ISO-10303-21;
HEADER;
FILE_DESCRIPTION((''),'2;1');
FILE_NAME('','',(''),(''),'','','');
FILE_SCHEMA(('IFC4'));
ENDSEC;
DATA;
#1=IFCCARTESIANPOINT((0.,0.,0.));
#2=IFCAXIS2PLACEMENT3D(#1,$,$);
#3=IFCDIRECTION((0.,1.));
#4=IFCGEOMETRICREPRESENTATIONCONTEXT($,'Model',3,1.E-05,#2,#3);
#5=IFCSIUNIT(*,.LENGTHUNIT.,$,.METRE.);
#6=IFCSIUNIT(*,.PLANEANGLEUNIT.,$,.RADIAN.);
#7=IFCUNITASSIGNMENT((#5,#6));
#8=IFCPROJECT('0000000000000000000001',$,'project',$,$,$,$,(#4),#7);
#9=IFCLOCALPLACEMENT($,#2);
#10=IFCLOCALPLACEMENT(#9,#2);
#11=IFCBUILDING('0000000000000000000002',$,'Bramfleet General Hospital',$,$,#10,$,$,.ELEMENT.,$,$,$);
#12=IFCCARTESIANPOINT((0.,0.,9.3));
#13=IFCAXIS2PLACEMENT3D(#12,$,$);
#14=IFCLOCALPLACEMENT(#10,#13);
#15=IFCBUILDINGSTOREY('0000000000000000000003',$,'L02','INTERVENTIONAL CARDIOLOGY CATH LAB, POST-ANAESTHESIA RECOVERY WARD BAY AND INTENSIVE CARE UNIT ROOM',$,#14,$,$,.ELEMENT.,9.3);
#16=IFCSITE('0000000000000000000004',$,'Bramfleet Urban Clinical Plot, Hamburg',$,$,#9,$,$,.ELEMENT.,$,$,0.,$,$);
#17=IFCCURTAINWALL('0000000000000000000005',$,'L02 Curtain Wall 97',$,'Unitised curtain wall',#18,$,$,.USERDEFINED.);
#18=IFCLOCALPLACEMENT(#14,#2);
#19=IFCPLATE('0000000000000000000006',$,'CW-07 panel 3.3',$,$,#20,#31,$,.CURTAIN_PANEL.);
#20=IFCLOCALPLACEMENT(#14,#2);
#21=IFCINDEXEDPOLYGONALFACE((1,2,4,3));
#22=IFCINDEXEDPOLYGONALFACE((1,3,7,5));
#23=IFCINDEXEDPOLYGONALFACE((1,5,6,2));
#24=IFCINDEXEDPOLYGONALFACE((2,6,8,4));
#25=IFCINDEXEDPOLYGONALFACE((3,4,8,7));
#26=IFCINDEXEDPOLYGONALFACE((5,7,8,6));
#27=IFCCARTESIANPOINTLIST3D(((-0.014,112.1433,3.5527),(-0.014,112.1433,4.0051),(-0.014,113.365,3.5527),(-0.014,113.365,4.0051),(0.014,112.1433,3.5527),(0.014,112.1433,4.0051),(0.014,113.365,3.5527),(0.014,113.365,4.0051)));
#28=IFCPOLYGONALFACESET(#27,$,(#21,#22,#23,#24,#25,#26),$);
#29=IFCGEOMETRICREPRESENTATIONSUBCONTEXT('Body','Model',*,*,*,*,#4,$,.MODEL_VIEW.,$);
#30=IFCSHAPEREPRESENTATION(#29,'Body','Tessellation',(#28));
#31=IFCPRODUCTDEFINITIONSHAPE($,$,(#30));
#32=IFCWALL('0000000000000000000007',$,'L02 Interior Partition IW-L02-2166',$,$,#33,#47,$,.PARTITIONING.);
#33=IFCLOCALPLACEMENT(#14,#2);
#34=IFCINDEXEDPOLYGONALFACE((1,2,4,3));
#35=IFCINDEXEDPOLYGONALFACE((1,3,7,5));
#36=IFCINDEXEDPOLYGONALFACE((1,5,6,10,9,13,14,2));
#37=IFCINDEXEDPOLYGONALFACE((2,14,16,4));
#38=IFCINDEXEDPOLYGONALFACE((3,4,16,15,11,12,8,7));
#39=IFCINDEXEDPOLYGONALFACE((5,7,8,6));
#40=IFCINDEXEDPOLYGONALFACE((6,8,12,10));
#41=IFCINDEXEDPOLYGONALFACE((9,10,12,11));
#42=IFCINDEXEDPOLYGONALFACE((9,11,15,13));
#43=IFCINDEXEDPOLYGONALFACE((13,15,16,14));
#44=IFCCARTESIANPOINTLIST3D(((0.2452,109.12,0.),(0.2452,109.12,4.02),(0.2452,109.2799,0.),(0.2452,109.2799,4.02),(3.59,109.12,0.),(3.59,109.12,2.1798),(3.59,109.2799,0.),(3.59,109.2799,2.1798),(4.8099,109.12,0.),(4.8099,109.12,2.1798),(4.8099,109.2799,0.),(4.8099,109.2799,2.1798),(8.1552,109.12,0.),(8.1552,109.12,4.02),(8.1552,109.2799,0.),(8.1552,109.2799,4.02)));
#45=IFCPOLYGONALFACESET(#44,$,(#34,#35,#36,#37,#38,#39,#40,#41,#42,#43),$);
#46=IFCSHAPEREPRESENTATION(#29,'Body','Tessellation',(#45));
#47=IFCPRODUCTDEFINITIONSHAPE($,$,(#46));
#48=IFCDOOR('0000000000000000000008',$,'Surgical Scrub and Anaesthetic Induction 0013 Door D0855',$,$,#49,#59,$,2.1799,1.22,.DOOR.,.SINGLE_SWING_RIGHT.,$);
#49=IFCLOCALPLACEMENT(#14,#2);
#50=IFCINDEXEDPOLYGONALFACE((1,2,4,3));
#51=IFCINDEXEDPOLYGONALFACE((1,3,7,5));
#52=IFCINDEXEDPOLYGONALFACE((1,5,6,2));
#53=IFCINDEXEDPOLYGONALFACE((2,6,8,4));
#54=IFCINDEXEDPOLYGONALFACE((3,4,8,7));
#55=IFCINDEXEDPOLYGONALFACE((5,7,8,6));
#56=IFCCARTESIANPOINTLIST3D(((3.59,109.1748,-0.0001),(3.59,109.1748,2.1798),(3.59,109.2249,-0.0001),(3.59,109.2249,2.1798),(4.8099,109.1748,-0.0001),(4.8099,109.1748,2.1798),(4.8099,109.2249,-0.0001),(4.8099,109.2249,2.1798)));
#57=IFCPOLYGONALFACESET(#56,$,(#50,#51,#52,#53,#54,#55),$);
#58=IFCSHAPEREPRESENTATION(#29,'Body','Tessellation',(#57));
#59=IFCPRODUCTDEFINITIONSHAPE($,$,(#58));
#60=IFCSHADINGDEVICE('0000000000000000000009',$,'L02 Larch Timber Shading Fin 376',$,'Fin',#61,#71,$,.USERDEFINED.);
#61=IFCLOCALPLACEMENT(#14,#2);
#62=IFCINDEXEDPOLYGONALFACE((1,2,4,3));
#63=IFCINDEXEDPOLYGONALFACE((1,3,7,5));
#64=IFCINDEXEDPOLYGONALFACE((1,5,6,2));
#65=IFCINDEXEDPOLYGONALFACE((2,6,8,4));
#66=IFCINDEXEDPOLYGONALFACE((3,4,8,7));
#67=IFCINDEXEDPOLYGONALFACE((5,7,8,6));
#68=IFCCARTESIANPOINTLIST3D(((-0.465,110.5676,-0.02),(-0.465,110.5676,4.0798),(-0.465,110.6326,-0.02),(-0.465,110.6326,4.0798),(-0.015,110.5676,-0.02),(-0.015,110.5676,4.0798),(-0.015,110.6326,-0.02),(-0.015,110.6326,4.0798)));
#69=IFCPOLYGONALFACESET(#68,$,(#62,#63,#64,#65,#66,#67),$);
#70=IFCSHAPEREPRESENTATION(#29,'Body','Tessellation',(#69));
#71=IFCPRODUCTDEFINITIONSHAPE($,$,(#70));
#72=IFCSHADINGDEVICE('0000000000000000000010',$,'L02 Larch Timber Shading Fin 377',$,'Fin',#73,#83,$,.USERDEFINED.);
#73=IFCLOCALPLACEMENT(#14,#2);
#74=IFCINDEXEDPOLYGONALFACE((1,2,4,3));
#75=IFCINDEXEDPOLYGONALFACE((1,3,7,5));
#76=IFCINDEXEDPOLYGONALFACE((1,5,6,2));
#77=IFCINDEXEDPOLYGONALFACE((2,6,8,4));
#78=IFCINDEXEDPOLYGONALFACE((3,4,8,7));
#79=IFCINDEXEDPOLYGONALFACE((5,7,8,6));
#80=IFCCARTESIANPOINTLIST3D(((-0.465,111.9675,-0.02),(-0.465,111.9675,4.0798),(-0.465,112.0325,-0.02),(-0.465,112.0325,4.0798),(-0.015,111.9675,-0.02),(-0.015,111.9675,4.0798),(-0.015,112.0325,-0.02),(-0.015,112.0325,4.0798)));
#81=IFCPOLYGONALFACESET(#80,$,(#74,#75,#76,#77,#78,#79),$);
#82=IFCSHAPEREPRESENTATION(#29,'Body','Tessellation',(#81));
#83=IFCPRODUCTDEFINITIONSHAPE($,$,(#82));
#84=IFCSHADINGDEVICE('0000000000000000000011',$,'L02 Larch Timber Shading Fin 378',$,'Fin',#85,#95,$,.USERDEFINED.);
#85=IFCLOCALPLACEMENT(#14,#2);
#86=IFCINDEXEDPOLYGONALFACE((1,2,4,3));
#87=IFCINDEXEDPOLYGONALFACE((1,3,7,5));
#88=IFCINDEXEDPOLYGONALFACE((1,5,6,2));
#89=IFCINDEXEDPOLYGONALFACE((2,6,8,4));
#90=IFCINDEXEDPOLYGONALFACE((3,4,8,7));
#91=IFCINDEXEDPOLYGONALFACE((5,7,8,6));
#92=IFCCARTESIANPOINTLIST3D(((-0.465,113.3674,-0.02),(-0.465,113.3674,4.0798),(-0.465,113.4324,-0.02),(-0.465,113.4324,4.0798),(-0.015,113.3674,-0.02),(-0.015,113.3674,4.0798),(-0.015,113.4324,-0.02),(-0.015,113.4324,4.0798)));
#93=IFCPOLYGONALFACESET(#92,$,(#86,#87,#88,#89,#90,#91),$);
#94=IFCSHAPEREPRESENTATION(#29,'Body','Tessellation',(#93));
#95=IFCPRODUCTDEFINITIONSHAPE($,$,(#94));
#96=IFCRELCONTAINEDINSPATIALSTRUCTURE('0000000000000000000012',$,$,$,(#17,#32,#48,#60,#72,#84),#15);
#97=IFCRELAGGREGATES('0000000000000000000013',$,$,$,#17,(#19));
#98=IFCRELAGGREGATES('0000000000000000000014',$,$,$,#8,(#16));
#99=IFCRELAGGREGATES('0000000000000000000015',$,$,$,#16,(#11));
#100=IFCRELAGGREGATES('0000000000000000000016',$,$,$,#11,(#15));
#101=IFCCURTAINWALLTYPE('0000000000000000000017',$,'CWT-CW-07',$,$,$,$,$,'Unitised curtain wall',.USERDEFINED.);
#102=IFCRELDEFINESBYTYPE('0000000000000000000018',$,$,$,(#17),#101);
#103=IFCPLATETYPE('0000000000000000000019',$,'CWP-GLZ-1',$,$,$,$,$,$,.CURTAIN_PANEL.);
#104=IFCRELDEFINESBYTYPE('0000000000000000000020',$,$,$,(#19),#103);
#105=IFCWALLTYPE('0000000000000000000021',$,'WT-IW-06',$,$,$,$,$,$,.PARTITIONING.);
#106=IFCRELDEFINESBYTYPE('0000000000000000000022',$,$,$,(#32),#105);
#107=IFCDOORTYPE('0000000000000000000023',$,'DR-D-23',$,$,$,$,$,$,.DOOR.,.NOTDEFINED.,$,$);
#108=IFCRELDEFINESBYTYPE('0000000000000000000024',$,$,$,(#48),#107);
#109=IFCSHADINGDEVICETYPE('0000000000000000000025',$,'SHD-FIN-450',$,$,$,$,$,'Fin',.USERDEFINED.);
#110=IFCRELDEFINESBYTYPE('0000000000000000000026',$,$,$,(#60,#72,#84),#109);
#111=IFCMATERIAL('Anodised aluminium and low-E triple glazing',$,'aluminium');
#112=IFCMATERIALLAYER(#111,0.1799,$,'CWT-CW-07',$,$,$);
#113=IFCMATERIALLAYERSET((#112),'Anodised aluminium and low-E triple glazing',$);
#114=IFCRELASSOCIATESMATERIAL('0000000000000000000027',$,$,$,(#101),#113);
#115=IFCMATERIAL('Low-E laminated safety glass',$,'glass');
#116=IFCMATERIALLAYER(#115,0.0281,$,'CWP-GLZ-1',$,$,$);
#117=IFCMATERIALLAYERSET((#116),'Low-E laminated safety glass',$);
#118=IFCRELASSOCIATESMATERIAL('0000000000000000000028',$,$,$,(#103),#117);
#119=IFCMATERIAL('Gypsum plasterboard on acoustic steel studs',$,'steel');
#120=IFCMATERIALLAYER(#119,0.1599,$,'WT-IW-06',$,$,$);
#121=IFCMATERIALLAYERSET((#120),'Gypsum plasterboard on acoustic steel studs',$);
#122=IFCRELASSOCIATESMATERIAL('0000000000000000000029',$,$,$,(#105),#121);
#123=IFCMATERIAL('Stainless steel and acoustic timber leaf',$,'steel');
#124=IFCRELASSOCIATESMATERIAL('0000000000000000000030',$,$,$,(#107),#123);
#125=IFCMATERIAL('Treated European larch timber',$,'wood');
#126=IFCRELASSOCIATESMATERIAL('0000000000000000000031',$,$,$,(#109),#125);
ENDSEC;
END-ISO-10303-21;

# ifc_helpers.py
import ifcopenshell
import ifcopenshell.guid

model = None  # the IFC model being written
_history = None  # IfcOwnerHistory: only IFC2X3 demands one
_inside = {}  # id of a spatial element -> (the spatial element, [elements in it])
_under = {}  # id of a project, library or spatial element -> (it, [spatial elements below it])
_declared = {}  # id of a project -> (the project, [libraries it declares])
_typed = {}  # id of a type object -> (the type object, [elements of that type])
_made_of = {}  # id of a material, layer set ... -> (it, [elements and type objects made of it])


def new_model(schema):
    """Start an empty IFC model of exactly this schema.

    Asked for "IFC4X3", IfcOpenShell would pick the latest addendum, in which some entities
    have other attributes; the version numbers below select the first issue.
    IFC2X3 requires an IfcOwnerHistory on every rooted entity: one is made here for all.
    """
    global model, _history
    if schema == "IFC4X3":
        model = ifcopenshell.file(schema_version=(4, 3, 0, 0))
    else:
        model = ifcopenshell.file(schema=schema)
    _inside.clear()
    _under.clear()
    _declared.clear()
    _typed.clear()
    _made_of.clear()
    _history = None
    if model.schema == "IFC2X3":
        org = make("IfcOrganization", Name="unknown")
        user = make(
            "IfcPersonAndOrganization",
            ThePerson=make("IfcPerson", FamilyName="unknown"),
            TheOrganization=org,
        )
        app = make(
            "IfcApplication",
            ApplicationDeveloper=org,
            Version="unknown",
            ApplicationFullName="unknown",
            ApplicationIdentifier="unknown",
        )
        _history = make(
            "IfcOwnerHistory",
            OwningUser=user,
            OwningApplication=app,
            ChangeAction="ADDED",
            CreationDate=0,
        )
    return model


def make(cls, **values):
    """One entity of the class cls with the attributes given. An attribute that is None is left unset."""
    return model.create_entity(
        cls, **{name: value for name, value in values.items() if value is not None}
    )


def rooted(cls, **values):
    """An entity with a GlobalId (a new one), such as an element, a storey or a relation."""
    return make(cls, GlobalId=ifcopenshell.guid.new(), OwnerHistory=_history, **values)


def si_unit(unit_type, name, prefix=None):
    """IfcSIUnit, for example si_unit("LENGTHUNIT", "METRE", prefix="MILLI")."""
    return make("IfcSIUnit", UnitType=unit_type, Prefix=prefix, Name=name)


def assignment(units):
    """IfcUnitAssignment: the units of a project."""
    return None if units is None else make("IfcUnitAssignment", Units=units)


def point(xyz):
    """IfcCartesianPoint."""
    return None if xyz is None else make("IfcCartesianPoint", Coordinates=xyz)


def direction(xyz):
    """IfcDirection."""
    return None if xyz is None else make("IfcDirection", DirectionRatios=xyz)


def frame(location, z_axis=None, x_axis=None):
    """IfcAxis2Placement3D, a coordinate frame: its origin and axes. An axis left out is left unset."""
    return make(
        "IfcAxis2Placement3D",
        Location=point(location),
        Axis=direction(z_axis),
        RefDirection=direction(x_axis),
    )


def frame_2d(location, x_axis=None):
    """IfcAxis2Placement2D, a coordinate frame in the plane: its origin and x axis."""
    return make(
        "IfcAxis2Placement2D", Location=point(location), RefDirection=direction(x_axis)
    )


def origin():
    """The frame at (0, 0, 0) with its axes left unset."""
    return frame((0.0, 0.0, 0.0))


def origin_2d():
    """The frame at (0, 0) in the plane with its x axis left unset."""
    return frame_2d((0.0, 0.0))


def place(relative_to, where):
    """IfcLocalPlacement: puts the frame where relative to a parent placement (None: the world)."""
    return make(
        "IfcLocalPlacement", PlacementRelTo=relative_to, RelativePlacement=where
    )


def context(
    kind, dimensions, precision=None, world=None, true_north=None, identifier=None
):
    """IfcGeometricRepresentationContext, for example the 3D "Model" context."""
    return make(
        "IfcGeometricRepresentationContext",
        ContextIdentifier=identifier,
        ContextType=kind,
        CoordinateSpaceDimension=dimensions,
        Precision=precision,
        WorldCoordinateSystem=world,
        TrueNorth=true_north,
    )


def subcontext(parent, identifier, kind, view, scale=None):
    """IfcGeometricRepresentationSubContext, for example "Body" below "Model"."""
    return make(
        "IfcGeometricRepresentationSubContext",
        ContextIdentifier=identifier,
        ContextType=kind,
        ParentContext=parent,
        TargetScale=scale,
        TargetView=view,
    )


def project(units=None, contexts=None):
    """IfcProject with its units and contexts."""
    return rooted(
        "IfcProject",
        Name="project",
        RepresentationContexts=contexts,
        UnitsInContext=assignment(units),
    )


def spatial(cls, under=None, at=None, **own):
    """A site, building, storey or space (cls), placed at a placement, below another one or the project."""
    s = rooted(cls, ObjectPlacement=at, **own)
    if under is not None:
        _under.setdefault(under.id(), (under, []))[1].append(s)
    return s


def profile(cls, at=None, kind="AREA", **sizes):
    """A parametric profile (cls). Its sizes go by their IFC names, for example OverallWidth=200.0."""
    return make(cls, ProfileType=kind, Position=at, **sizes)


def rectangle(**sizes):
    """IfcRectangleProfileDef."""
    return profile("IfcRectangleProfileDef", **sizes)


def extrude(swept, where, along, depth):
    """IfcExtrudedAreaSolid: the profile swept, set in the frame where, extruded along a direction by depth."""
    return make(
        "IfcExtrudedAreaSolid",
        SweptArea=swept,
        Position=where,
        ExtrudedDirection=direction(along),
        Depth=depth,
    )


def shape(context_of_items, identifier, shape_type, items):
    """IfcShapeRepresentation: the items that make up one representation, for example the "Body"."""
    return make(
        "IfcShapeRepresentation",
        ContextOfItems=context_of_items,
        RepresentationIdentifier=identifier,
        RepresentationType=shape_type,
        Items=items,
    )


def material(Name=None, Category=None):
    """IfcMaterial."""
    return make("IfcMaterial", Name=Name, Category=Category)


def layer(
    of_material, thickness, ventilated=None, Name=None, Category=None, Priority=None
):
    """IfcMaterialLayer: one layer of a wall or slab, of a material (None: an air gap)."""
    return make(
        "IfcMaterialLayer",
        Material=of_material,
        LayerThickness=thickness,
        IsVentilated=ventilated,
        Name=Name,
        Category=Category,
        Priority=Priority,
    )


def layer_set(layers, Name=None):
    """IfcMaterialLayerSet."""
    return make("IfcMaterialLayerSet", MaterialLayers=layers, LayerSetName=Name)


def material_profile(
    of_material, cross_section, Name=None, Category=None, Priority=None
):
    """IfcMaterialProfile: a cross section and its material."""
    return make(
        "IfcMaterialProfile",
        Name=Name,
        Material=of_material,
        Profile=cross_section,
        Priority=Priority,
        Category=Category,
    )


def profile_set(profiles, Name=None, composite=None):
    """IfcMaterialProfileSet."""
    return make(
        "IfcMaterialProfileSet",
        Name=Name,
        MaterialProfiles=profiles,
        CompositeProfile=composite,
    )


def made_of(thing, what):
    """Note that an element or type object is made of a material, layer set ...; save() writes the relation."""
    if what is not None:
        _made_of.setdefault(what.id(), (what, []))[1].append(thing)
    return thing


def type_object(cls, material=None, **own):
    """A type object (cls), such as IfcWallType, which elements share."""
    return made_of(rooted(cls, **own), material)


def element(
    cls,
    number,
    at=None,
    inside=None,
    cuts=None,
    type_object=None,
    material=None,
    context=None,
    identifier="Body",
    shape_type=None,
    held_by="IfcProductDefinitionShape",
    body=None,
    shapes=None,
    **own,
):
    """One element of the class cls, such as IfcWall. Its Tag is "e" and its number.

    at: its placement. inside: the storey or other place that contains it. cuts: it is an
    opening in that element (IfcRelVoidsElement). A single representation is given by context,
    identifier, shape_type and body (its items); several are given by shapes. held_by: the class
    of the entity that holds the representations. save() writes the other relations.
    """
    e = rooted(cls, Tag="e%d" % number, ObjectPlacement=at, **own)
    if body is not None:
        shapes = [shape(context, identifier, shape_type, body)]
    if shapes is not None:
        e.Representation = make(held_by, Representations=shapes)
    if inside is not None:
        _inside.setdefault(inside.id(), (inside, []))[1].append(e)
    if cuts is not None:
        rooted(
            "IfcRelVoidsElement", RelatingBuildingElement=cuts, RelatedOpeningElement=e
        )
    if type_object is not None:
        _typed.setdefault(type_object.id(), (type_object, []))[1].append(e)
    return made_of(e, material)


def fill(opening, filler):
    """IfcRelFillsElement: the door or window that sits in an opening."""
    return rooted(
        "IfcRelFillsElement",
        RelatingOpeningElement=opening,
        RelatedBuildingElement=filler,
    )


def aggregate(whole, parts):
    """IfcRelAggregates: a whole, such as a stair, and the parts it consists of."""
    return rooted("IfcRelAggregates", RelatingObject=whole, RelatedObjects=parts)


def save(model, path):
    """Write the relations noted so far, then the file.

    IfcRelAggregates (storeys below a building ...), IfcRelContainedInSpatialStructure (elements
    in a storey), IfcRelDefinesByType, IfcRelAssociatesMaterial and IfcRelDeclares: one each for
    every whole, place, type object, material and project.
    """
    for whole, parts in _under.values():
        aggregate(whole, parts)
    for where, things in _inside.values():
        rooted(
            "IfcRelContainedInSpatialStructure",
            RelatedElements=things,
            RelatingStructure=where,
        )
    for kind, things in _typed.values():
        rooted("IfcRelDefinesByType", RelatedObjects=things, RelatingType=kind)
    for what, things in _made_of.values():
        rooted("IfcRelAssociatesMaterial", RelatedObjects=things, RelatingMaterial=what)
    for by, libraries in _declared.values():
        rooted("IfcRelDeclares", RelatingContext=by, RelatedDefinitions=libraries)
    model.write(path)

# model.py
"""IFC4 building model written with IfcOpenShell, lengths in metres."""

from ifc_helpers import new_model, si_unit, direction, frame, frame_2d, origin, origin_2d, place, context, subcontext, project, spatial, rectangle, extrude, material, layer, layer_set, material_profile, profile_set, type_object, element, fill, aggregate, save


model = new_model("IFC4")

# Units and contexts
model_context = context("Model", 3, precision=1e-05, world=origin(), true_north=direction((0.0, 1.0)))
body_context = subcontext(model_context, "Body", "Model", "MODEL_VIEW")
ifc_project = project(units=[si_unit("LENGTHUNIT", "METRE"), si_unit("PLANEANGLEUNIT", "RADIAN")], contexts=[model_context])

# Site, building, storey
site_placement = place(None, origin())
site = spatial("IfcSite", under=ifc_project, at=site_placement, Name="Bramfleet Urban Clinical Plot, Hamburg", CompositionType="ELEMENT", RefElevation=0.0)
building_placement = place(site_placement, origin())
building = spatial("IfcBuilding", under=site, at=building_placement, Name="Bramfleet General Hospital", CompositionType="ELEMENT")
storey_placement = place(building_placement, frame((0.0, 0.0, 9.3)))
storey = spatial("IfcBuildingStorey", under=building, at=storey_placement, Name="L02", Description="INTERVENTIONAL CARDIOLOGY CATH LAB, POST-ANAESTHESIA RECOVERY WARD BAY AND INTENSIVE CARE UNIT ROOM", CompositionType="ELEMENT", Elevation=9.3)

# Curtain wall, plate
ifc_material_1 = material(Name="Anodised aluminium and low-E triple glazing", Category="aluminium")
ifc_layer_1 = layer(ifc_material_1, 0.1799, Name="CWT-CW-07")
ifc_layer_set_1 = layer_set([ifc_layer_1], Name="Anodised aluminium and low-E triple glazing")
curtain_wall_type = type_object("IfcCurtainWallType", Name="CWT-CW-07", ElementType="Unitised curtain wall", PredefinedType="USERDEFINED", material=ifc_layer_set_1)
curtain_wall_placement = place(storey_placement, origin())
curtain_wall = element("IfcCurtainWall", 1, at=curtain_wall_placement, inside=storey, type_object=curtain_wall_type, Name="L02 Curtain Wall 97", ObjectType="Unitised curtain wall", PredefinedType="USERDEFINED")
ifc_material_2 = material(Name="Low-E laminated safety glass", Category="glass")
ifc_layer_2 = layer(ifc_material_2, 0.0281, Name="CWP-GLZ-1")
ifc_layer_set_2 = layer_set([ifc_layer_2], Name="Low-E laminated safety glass")
plate_type = type_object("IfcPlateType", Name="CWP-GLZ-1", PredefinedType="CURTAIN_PANEL", material=ifc_layer_set_2)
plate_1_placement = place(storey_placement, frame((0.0, 112.7542, 3.5527), z_axis=(0.0, 0.0, 1.0), x_axis=(0.0, 1.0, 0.0)))
plate_1 = element("IfcPlate", 2, at=plate_1_placement, type_object=plate_type, Name="CW-07 panel 3.3", PredefinedType="CURTAIN_PANEL", context=body_context, shape_type="SweptSolid", body=[
    extrude(rectangle(XDim=1.2217, YDim=0.0281, at=origin_2d()), origin(), (0.0, 0.0, 1.0), 0.4524),
])
aggregate(curtain_wall, [plate_1])

# Wall, opening, door
ifc_material_3 = material(Name="Gypsum plasterboard on acoustic steel studs", Category="steel")
ifc_layer_3 = layer(ifc_material_3, 0.1599, Name="WT-IW-06")
ifc_layer_set_3 = layer_set([ifc_layer_3], Name="Gypsum plasterboard on acoustic steel studs")
wall_type = type_object("IfcWallType", Name="WT-IW-06", PredefinedType="PARTITIONING", material=ifc_layer_set_3)
wall_placement = place(storey_placement, frame((0.2451, 109.2, 0.0), z_axis=(0.0, 0.0, 1.0), x_axis=(1.0, 0.0, 0.0)))
wall = element("IfcWall", 3, at=wall_placement, inside=storey, type_object=wall_type, Name="L02 Interior Partition IW-L02-2166", PredefinedType="PARTITIONING", context=body_context, shape_type="SweptSolid", body=[
    extrude(rectangle(XDim=7.9099, YDim=0.1599, at=frame_2d((3.9551, 0.0))), origin(), (0.0, 0.0, 1.0), 4.02),
])
opening_placement = place(wall_placement, frame((3.345, 0.0, 0.0)))
opening = element("IfcOpeningElement", 4, at=opening_placement, cuts=wall, PredefinedType="OPENING", context=body_context, shape_type="SweptSolid", body=[
    extrude(rectangle(XDim=1.22, YDim=2.1799, at=frame_2d((0.6099, 1.0898))), frame((0.0, 0.0898, 0.0), z_axis=(0.0, -1.0, 0.0), x_axis=(1.0, 0.0, 0.0)), (0.0, 0.0, 1.0), 0.1799),
])
ifc_material_4 = material(Name="Stainless steel and acoustic timber leaf", Category="steel")
door_type = type_object("IfcDoorType", Name="DR-D-23", OperationType="NOTDEFINED", PredefinedType="DOOR", material=ifc_material_4)
door_placement = place(opening_placement, origin())
door = element("IfcDoor", 5, at=door_placement, inside=storey, type_object=door_type, Name="Surgical Scrub and Anaesthetic Induction 0013 Door D0855", OperationType="SINGLE_SWING_RIGHT", OverallHeight=2.1799, OverallWidth=1.22, PredefinedType="DOOR", context=body_context, shape_type="SweptSolid", body=[
    extrude(rectangle(XDim=1.22, YDim=2.1799, at=frame_2d((0.6099, 1.0898))), frame((0.0, 0.0249, 0.0), z_axis=(0.0, -1.0, 0.0), x_axis=(1.0, 0.0, 0.0)), (0.0, 0.0, 1.0), 0.05),
])
fill(opening, door)

# Shading devices
ifc_material_5 = material(Name="Treated European larch timber", Category="wood")
ifc_material_profile_1 = material_profile(ifc_material_5, rectangle(XDim=0.0649, YDim=0.45, at=origin_2d()), Name="LARCH FIN 450x65")
ifc_profile_set_1 = profile_set([ifc_material_profile_1], Name="Treated European larch timber")
shading_device_type = type_object("IfcShadingDeviceType", Name="SHD-FIN-450", ElementType="Fin", PredefinedType="USERDEFINED", material=ifc_profile_set_1)
for number, where, z_axis, x_axis, name in (
    (6, (-0.24, 110.6001, -0.02), (0.0, 0.0, 1.0), (0.0, 1.0, 0.0), "L02 Larch Timber Shading Fin 376"),
    (7, (-0.24, 112.0, -0.02), (0.0, 0.0, 1.0), (0.0, 1.0, 0.0), "L02 Larch Timber Shading Fin 377"),
    (8, (-0.24, 113.3999, -0.02), (0.0, 0.0, 1.0), (0.0, 1.0, 0.0), "L02 Larch Timber Shading Fin 378"),
):
    element("IfcShadingDevice", number, at=place(storey_placement, frame(where, z_axis=z_axis, x_axis=x_axis)), inside=storey, type_object=shading_device_type, Name=name, ObjectType="Fin", PredefinedType="USERDEFINED", context=body_context, shape_type="SweptSolid", body=[
        extrude(rectangle(XDim=0.0649, YDim=0.45, at=origin_2d()), origin(), (0.0, 0.0, 1.0), 4.0999),
    ])

save(model, "model.ifc")
